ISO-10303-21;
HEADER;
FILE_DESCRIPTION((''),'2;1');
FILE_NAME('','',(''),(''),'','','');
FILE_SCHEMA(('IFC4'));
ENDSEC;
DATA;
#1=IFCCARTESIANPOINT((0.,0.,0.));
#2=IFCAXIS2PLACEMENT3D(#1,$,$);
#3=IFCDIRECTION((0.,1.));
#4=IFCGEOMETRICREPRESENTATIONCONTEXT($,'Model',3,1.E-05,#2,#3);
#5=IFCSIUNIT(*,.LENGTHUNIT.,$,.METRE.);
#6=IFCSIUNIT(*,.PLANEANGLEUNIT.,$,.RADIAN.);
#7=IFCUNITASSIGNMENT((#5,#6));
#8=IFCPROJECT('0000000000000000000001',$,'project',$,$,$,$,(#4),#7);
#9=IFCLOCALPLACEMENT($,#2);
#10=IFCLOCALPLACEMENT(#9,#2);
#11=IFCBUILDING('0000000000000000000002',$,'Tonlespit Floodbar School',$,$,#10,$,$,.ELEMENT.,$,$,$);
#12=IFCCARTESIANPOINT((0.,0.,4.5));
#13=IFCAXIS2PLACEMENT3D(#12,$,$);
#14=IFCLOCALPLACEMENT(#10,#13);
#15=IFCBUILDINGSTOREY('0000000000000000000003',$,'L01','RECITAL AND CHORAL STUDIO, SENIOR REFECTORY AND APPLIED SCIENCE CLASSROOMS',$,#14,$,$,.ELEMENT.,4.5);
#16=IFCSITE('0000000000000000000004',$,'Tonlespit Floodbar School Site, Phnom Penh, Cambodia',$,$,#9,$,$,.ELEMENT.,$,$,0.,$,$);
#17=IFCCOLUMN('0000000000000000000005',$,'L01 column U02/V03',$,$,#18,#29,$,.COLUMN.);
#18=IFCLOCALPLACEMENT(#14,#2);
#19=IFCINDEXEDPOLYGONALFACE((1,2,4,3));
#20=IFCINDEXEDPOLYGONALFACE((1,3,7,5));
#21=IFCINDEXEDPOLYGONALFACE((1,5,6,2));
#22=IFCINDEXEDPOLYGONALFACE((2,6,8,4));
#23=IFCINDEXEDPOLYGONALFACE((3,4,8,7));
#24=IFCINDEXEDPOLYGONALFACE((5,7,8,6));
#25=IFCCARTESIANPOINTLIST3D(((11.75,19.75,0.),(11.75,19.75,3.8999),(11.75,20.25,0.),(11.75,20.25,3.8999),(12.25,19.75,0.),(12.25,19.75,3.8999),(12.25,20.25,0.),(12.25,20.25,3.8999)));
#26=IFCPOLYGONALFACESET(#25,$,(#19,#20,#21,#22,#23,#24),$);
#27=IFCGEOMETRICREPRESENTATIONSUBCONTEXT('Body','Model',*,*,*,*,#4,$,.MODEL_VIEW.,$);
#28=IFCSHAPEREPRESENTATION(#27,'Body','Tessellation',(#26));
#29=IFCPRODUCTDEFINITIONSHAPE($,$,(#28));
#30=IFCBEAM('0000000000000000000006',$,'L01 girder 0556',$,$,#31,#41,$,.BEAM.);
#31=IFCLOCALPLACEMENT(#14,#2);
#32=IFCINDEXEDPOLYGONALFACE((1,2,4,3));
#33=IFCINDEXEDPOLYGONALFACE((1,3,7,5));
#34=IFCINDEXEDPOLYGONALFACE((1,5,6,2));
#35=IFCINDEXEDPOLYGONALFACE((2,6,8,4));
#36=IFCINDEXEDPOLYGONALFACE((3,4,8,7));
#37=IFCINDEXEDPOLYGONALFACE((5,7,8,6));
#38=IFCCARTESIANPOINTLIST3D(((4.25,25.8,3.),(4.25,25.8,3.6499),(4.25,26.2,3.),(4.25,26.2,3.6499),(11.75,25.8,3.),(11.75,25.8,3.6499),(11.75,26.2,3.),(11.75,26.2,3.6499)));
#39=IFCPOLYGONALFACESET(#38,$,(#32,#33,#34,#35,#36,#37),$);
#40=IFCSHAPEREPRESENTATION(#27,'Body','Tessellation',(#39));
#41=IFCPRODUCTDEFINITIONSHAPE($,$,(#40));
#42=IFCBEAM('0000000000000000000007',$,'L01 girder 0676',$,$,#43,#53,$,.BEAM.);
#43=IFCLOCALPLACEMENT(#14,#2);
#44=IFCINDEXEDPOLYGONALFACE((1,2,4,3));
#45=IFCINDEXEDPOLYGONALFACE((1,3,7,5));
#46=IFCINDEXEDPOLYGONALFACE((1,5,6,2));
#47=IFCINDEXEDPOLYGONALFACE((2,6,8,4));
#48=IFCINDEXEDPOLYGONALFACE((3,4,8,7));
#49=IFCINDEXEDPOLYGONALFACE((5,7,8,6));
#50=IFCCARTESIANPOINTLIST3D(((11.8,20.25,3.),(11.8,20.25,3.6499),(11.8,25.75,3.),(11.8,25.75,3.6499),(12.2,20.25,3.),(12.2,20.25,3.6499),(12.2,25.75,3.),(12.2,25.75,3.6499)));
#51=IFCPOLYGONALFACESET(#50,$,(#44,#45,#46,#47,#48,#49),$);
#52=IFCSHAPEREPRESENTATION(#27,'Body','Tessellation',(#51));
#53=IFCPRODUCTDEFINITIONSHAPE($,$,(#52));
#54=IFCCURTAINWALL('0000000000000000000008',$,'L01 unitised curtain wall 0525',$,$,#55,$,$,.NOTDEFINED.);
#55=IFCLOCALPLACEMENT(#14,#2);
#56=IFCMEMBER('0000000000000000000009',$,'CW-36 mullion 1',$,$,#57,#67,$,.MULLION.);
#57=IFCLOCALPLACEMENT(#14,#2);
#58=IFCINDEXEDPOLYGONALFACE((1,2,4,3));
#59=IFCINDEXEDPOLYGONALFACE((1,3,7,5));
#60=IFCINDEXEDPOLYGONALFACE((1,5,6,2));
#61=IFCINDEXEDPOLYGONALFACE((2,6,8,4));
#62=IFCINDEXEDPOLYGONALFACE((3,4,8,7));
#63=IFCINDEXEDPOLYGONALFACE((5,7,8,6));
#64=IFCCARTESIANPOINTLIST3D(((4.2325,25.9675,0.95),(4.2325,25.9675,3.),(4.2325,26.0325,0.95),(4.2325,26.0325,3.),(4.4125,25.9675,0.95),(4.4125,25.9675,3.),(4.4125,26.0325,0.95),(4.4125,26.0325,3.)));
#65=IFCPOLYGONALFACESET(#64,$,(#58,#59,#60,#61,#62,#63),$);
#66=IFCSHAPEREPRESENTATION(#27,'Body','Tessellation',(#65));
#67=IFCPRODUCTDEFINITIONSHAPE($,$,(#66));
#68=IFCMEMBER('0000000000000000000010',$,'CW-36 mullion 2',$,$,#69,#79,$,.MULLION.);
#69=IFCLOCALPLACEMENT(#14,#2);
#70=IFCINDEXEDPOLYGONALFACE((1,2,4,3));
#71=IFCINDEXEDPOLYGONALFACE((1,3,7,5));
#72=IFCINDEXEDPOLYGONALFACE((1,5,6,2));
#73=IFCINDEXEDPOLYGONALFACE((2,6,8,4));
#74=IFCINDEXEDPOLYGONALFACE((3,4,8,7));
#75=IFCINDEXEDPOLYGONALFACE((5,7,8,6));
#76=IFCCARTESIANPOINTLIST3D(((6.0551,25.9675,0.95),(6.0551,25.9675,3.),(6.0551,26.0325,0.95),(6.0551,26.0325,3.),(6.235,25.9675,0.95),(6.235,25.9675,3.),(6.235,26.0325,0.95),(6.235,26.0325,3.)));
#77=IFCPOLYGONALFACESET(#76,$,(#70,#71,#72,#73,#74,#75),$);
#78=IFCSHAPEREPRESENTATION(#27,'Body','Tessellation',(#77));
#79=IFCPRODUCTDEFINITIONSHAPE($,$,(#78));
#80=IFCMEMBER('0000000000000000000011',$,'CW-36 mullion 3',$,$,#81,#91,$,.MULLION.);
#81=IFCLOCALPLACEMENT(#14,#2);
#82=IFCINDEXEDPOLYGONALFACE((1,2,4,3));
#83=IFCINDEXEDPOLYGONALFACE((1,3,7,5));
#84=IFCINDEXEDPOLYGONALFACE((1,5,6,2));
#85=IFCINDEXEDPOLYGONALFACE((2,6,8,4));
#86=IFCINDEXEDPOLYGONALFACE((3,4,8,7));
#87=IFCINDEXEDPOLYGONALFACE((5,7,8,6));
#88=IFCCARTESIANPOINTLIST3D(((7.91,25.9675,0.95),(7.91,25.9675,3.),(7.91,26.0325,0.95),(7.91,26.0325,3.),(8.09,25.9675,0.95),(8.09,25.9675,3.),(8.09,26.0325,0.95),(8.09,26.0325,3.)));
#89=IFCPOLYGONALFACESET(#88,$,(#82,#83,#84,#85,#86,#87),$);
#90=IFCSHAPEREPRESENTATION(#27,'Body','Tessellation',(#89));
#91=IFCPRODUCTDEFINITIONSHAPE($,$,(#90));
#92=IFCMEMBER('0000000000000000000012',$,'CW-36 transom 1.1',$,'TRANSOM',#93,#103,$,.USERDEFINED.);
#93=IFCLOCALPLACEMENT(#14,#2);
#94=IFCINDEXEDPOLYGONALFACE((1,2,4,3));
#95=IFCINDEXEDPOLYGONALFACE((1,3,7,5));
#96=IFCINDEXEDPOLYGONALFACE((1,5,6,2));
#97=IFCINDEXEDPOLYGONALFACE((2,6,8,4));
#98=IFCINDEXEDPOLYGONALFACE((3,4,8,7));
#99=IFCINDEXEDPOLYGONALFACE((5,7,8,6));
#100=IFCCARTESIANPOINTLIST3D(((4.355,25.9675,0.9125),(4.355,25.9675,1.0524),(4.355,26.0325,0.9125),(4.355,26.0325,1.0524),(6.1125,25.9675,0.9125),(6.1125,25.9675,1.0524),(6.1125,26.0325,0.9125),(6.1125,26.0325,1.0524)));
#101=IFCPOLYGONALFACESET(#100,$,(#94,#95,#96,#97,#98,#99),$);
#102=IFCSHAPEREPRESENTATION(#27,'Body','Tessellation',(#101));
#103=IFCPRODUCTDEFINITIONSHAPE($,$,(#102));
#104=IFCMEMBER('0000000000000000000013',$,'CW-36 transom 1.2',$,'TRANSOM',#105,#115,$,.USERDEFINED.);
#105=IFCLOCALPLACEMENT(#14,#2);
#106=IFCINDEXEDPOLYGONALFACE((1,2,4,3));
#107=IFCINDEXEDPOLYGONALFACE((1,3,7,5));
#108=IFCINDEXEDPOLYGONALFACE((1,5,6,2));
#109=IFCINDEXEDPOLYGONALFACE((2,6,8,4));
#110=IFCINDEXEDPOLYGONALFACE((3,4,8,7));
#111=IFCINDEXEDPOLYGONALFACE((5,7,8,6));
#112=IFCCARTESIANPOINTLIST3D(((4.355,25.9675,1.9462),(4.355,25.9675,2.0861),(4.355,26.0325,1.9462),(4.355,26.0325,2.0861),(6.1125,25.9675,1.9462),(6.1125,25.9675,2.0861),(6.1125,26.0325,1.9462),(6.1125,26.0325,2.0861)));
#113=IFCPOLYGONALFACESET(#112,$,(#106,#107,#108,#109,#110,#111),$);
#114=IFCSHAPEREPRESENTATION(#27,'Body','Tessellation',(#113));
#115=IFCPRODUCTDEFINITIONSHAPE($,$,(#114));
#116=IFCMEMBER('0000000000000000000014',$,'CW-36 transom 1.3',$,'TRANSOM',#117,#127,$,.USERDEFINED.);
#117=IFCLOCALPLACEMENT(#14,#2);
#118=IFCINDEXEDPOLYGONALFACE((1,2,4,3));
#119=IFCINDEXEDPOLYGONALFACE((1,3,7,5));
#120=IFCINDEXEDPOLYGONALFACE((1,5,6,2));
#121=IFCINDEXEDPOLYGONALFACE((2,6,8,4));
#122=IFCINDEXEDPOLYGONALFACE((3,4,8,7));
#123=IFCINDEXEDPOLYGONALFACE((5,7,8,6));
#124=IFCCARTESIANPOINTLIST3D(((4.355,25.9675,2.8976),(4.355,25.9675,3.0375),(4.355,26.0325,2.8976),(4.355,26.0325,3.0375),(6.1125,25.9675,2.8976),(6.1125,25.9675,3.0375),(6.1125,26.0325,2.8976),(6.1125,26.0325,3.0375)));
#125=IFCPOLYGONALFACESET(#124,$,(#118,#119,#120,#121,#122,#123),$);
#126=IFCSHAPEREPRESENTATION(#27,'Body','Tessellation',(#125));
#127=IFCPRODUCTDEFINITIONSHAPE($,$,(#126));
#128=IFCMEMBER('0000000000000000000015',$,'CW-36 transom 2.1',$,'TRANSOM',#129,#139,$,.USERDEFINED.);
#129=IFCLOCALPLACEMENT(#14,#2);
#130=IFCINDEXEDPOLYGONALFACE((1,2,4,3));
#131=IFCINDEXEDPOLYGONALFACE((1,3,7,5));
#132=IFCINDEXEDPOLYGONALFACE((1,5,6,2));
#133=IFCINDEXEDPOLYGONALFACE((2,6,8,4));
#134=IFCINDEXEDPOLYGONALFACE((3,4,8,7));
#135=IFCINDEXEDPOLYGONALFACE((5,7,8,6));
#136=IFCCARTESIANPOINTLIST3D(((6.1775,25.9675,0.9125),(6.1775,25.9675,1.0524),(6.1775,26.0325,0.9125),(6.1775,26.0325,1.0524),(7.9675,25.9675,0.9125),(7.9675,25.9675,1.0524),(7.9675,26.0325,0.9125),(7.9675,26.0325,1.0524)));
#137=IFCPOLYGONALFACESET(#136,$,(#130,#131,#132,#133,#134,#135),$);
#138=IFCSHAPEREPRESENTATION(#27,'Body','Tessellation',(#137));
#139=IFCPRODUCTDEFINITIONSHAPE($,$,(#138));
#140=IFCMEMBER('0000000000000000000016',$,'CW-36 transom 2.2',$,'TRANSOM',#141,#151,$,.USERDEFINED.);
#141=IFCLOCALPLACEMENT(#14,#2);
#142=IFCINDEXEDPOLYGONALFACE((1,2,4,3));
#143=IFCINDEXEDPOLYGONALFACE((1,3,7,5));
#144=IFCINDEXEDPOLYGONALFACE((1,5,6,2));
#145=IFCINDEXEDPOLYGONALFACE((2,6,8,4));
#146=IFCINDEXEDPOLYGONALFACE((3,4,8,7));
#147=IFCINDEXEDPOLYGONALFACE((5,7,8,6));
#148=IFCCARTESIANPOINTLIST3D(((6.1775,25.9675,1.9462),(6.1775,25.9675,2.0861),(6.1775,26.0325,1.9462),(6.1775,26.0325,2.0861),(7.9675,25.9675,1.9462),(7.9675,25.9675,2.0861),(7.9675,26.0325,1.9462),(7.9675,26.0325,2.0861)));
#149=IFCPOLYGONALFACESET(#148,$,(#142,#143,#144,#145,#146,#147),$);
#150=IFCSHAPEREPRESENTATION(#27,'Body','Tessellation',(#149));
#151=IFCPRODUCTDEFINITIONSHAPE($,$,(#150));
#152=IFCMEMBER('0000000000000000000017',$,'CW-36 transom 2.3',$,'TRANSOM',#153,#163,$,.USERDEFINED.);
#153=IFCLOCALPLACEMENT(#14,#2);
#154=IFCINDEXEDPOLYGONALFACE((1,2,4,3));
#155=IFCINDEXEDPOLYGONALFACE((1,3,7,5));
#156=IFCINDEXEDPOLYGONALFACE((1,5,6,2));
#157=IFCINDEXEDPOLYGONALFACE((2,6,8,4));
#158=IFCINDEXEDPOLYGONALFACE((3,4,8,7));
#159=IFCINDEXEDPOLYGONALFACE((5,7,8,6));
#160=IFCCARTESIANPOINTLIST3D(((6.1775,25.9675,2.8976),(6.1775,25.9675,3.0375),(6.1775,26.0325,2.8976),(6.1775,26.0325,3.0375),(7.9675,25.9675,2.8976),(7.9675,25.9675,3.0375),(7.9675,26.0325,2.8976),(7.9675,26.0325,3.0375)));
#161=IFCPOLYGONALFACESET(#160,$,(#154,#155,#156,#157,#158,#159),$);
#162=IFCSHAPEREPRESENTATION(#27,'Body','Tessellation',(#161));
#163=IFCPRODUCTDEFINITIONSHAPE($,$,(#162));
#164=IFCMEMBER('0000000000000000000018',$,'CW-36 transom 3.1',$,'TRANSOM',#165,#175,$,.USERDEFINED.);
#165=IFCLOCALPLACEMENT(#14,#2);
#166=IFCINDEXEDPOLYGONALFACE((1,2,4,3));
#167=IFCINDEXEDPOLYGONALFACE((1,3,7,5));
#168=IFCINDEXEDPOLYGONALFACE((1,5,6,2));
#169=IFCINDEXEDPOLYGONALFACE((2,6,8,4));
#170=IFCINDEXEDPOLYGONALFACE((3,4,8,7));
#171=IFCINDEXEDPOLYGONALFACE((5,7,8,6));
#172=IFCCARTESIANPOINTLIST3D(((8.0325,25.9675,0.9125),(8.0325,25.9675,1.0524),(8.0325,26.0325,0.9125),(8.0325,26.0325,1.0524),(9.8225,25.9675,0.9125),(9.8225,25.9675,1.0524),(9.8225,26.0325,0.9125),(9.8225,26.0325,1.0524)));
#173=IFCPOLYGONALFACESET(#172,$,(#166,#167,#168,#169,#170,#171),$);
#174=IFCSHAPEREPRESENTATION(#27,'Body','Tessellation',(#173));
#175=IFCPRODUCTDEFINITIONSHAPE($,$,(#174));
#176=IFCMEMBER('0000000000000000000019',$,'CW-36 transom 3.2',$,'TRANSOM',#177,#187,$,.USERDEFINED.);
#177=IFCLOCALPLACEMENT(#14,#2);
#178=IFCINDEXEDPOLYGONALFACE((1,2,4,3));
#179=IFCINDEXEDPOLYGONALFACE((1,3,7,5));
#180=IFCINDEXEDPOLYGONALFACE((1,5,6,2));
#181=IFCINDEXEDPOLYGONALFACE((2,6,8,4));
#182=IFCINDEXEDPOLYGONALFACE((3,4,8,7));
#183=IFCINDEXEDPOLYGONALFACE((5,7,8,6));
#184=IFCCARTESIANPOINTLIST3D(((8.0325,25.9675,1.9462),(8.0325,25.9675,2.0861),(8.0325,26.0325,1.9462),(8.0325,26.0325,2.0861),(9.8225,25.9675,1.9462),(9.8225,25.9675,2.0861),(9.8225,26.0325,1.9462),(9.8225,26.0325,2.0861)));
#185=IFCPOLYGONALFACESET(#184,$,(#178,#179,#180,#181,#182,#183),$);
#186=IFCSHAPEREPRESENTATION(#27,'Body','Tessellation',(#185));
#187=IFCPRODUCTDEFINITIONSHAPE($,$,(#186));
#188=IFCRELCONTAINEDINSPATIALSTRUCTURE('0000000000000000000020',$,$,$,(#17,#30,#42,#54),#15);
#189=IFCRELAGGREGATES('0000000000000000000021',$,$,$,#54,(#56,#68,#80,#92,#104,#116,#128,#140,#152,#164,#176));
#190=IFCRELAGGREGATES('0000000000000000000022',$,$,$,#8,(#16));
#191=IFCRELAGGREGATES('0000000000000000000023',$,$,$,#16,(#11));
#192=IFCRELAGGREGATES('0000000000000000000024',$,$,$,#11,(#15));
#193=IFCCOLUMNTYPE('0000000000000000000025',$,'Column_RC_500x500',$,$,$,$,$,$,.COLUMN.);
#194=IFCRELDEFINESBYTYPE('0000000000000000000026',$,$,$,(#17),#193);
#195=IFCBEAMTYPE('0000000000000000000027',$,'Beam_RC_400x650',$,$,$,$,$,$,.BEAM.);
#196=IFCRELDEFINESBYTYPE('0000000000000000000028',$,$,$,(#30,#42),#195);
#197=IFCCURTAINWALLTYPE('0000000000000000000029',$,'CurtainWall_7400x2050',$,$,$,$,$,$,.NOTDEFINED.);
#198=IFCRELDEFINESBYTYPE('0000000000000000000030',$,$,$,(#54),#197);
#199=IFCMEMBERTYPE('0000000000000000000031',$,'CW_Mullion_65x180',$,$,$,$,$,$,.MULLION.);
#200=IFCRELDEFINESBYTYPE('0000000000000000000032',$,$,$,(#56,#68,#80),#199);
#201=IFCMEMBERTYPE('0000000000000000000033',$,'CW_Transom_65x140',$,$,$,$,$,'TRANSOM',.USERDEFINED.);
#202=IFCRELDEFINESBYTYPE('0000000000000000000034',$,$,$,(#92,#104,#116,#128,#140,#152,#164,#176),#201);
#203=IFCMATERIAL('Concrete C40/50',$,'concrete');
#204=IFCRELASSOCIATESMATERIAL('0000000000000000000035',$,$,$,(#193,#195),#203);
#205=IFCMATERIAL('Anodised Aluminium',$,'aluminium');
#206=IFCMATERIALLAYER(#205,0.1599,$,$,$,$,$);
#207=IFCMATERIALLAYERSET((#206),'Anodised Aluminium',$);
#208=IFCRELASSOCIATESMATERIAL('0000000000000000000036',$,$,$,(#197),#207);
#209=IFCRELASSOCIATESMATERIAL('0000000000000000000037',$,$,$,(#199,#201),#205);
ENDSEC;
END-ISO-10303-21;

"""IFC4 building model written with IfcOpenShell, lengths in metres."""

from ifc_helpers import new_model, si_unit, direction, frame, origin, origin_2d, place, context, subcontext, project, spatial, rectangle, extrude, material, layer, layer_set, material_profile, profile_set, type_object, element, aggregate, save


model = new_model("IFC4")

# Units and contexts
model_context = context("Model", 3, precision=1e-05, world=origin(), true_north=direction((0.0, 1.0)))
body_context = subcontext(model_context, "Body", "Model", "MODEL_VIEW")
ifc_project = project(units=[si_unit("LENGTHUNIT", "METRE"), si_unit("PLANEANGLEUNIT", "RADIAN")], contexts=[model_context])

# Site, building, storey
site_placement = place(None, origin())
site = spatial("IfcSite", under=ifc_project, at=site_placement, Name="Tonlespit Floodbar School Site, Phnom Penh, Cambodia", CompositionType="ELEMENT", RefElevation=0.0)
building_placement = place(site_placement, origin())
building = spatial("IfcBuilding", under=site, at=building_placement, Name="Tonlespit Floodbar School", CompositionType="ELEMENT")
storey_placement = place(building_placement, frame((0.0, 0.0, 4.5)))
storey = spatial("IfcBuildingStorey", under=building, at=storey_placement, Name="L01", Description="RECITAL AND CHORAL STUDIO, SENIOR REFECTORY AND APPLIED SCIENCE CLASSROOMS", CompositionType="ELEMENT", Elevation=4.5)

# Column
ifc_material_1 = material(Name="Concrete C40/50", Category="concrete")
ifc_material_profile_1 = material_profile(ifc_material_1, rectangle(XDim=0.5, YDim=0.5, at=origin_2d()), Name="RC 500x500")
ifc_profile_set_1 = profile_set([ifc_material_profile_1], Name="Concrete C40/50")
column_type = type_object("IfcColumnType", Name="Column_RC_500x500", PredefinedType="COLUMN", material=ifc_profile_set_1)
column_placement = place(storey_placement, frame((12.0, 20.0, 0.0), z_axis=(0.0, 0.0, 1.0), x_axis=(1.0, 0.0, 0.0)))
element("IfcColumn", 1, at=column_placement, inside=storey, type_object=column_type, Name="L01 column U02/V03", PredefinedType="COLUMN", context=body_context, shape_type="SweptSolid", body=[
    extrude(rectangle(XDim=0.5, YDim=0.5, at=origin_2d()), origin(), (0.0, 0.0, 1.0), 3.8999),
])

# Beams
ifc_material_profile_2 = material_profile(ifc_material_1, rectangle(XDim=0.3999, YDim=0.6499, at=origin_2d()), Name="RC 400x650")
ifc_profile_set_2 = profile_set([ifc_material_profile_2], Name="Concrete C40/50")
beam_type_1 = type_object("IfcBeamType", Name="Beam_RC_400x650", PredefinedType="BEAM", material=ifc_profile_set_2)
beam_1_placement = place(storey_placement, frame((4.25, 26.0, 3.325), z_axis=(1.0, 0.0, 0.0), x_axis=(0.0, 1.0, 0.0)))
element("IfcBeam", 2, at=beam_1_placement, inside=storey, type_object=beam_type_1, Name="L01 girder 0556", PredefinedType="BEAM", context=body_context, shape_type="SweptSolid", body=[
    extrude(rectangle(XDim=0.3999, YDim=0.6499, at=origin_2d()), origin(), (0.0, 0.0, 1.0), 7.5),
])
beam_2_placement = place(storey_placement, frame((12.0, 20.25, 3.325), z_axis=(0.0, 1.0, 0.0), x_axis=(-1.0, 0.0, 0.0)))
element("IfcBeam", 3, at=beam_2_placement, inside=storey, type_object=beam_type_1, Name="L01 girder 0676", PredefinedType="BEAM", context=body_context, shape_type="SweptSolid", body=[
    extrude(rectangle(XDim=0.3999, YDim=0.6499, at=origin_2d()), origin(), (0.0, 0.0, 1.0), 5.5),
])

# Curtain wall, members
ifc_material_2 = material(Name="Anodised Aluminium", Category="aluminium")
ifc_layer_1 = layer(ifc_material_2, 0.1599)
ifc_layer_set_1 = layer_set([ifc_layer_1], Name="Anodised Aluminium")
curtain_wall_type = type_object("IfcCurtainWallType", Name="CurtainWall_7400x2050", PredefinedType="NOTDEFINED", material=ifc_layer_set_1)
curtain_wall_placement = place(storey_placement, origin())
curtain_wall = element("IfcCurtainWall", 4, at=curtain_wall_placement, inside=storey, type_object=curtain_wall_type, Name="L01 unitised curtain wall 0525", PredefinedType="NOTDEFINED")
ifc_material_profile_3 = material_profile(ifc_material_2, rectangle(XDim=0.0649, YDim=0.1799, at=origin_2d()), Name="ALU M65x180")
ifc_profile_set_3 = profile_set([ifc_material_profile_3], Name="Anodised Aluminium")
member_type_1 = type_object("IfcMemberType", Name="CW_Mullion_65x180", PredefinedType="MULLION", material=ifc_profile_set_3)
member_1_placement = place(storey_placement, frame((4.3225, 26.0, 0.95), z_axis=(0.0, 0.0, 1.0), x_axis=(0.0, 1.0, 0.0)))
member_1 = element("IfcMember", 5, at=member_1_placement, type_object=member_type_1, Name="CW-36 mullion 1", PredefinedType="MULLION", context=body_context, shape_type="SweptSolid", body=[
    extrude(rectangle(XDim=0.0649, YDim=0.1799, at=origin_2d()), origin(), (0.0, 0.0, 1.0), 2.05),
])
member_2_placement = place(storey_placement, frame((6.145, 26.0, 0.95), z_axis=(0.0, 0.0, 1.0), x_axis=(0.0, 1.0, 0.0)))
member_2 = element("IfcMember", 6, at=member_2_placement, type_object=member_type_1, Name="CW-36 mullion 2", PredefinedType="MULLION", context=body_context, shape_type="SweptSolid", body=[
    extrude(rectangle(XDim=0.0649, YDim=0.1799, at=origin_2d()), origin(), (0.0, 0.0, 1.0), 2.05),
])
member_3_placement = place(storey_placement, frame((8.0, 26.0, 0.95), z_axis=(0.0, 0.0, 1.0), x_axis=(0.0, 1.0, 0.0)))
member_3 = element("IfcMember", 7, at=member_3_placement, type_object=member_type_1, Name="CW-36 mullion 3", PredefinedType="MULLION", context=body_context, shape_type="SweptSolid", body=[
    extrude(rectangle(XDim=0.0649, YDim=0.1799, at=origin_2d()), origin(), (0.0, 0.0, 1.0), 2.05),
])
ifc_material_profile_4 = material_profile(ifc_material_2, rectangle(XDim=0.0649, YDim=0.1399, at=origin_2d()), Name="ALU T65x140")
ifc_profile_set_4 = profile_set([ifc_material_profile_4], Name="Anodised Aluminium")
member_type_2 = type_object("IfcMemberType", Name="CW_Transom_65x140", ElementType="TRANSOM", PredefinedType="USERDEFINED", material=ifc_profile_set_4)
member_4_placement = place(storey_placement, frame((4.355, 26.0, 0.9824), z_axis=(1.0, 0.0, 0.0), x_axis=(0.0, 1.0, 0.0)))
member_4 = element("IfcMember", 8, at=member_4_placement, type_object=member_type_2, Name="CW-36 transom 1.1", ObjectType="TRANSOM", PredefinedType="USERDEFINED", context=body_context, shape_type="SweptSolid", body=[
    extrude(rectangle(XDim=0.0649, YDim=0.1399, at=origin_2d()), origin(), (0.0, 0.0, 1.0), 1.7576),
])
member_5_placement = place(storey_placement, frame((4.355, 26.0, 2.0161), z_axis=(1.0, 0.0, 0.0), x_axis=(0.0, 1.0, 0.0)))
member_5 = element("IfcMember", 9, at=member_5_placement, type_object=member_type_2, Name="CW-36 transom 1.2", ObjectType="TRANSOM", PredefinedType="USERDEFINED", context=body_context, shape_type="SweptSolid", body=[
    extrude(rectangle(XDim=0.0649, YDim=0.1399, at=origin_2d()), origin(), (0.0, 0.0, 1.0), 1.7576),
])
member_6_placement = place(storey_placement, frame((4.355, 26.0, 2.9675), z_axis=(1.0, 0.0, 0.0), x_axis=(0.0, 1.0, 0.0)))
member_6 = element("IfcMember", 10, at=member_6_placement, type_object=member_type_2, Name="CW-36 transom 1.3", ObjectType="TRANSOM", PredefinedType="USERDEFINED", context=body_context, shape_type="SweptSolid", body=[
    extrude(rectangle(XDim=0.0649, YDim=0.1399, at=origin_2d()), origin(), (0.0, 0.0, 1.0), 1.7576),
])
member_7_placement = place(storey_placement, frame((6.1775, 26.0, 0.9824), z_axis=(1.0, 0.0, 0.0), x_axis=(0.0, 1.0, 0.0)))
member_7 = element("IfcMember", 11, at=member_7_placement, type_object=member_type_2, Name="CW-36 transom 2.1", ObjectType="TRANSOM", PredefinedType="USERDEFINED", context=body_context, shape_type="SweptSolid", body=[
    extrude(rectangle(XDim=0.0649, YDim=0.1399, at=origin_2d()), origin(), (0.0, 0.0, 1.0), 1.79),
])
member_8_placement = place(storey_placement, frame((6.1775, 26.0, 2.0161), z_axis=(1.0, 0.0, 0.0), x_axis=(0.0, 1.0, 0.0)))
member_8 = element("IfcMember", 12, at=member_8_placement, type_object=member_type_2, Name="CW-36 transom 2.2", ObjectType="TRANSOM", PredefinedType="USERDEFINED", context=body_context, shape_type="SweptSolid", body=[
    extrude(rectangle(XDim=0.0649, YDim=0.1399, at=origin_2d()), origin(), (0.0, 0.0, 1.0), 1.79),
])
member_9_placement = place(storey_placement, frame((6.1775, 26.0, 2.9675), z_axis=(1.0, 0.0, 0.0), x_axis=(0.0, 1.0, 0.0)))
member_9 = element("IfcMember", 13, at=member_9_placement, type_object=member_type_2, Name="CW-36 transom 2.3", ObjectType="TRANSOM", PredefinedType="USERDEFINED", context=body_context, shape_type="SweptSolid", body=[
    extrude(rectangle(XDim=0.0649, YDim=0.1399, at=origin_2d()), origin(), (0.0, 0.0, 1.0), 1.79),
])
member_10_placement = place(storey_placement, frame((8.0325, 26.0, 0.9824), z_axis=(1.0, 0.0, 0.0), x_axis=(0.0, 1.0, 0.0)))
member_10 = element("IfcMember", 14, at=member_10_placement, type_object=member_type_2, Name="CW-36 transom 3.1", ObjectType="TRANSOM", PredefinedType="USERDEFINED", context=body_context, shape_type="SweptSolid", body=[
    extrude(rectangle(XDim=0.0649, YDim=0.1399, at=origin_2d()), origin(), (0.0, 0.0, 1.0), 1.79),
])
member_11_placement = place(storey_placement, frame((8.0325, 26.0, 2.0161), z_axis=(1.0, 0.0, 0.0), x_axis=(0.0, 1.0, 0.0)))
member_11 = element("IfcMember", 15, at=member_11_placement, type_object=member_type_2, Name="CW-36 transom 3.2", ObjectType="TRANSOM", PredefinedType="USERDEFINED", context=body_context, shape_type="SweptSolid", body=[
    extrude(rectangle(XDim=0.0649, YDim=0.1399, at=origin_2d()), origin(), (0.0, 0.0, 1.0), 1.79),
])

aggregate(curtain_wall, [member_1, member_2, member_3, member_4, member_5, member_6, member_7, member_8, member_9, member_10, member_11])

save(model, "model.ifc")
